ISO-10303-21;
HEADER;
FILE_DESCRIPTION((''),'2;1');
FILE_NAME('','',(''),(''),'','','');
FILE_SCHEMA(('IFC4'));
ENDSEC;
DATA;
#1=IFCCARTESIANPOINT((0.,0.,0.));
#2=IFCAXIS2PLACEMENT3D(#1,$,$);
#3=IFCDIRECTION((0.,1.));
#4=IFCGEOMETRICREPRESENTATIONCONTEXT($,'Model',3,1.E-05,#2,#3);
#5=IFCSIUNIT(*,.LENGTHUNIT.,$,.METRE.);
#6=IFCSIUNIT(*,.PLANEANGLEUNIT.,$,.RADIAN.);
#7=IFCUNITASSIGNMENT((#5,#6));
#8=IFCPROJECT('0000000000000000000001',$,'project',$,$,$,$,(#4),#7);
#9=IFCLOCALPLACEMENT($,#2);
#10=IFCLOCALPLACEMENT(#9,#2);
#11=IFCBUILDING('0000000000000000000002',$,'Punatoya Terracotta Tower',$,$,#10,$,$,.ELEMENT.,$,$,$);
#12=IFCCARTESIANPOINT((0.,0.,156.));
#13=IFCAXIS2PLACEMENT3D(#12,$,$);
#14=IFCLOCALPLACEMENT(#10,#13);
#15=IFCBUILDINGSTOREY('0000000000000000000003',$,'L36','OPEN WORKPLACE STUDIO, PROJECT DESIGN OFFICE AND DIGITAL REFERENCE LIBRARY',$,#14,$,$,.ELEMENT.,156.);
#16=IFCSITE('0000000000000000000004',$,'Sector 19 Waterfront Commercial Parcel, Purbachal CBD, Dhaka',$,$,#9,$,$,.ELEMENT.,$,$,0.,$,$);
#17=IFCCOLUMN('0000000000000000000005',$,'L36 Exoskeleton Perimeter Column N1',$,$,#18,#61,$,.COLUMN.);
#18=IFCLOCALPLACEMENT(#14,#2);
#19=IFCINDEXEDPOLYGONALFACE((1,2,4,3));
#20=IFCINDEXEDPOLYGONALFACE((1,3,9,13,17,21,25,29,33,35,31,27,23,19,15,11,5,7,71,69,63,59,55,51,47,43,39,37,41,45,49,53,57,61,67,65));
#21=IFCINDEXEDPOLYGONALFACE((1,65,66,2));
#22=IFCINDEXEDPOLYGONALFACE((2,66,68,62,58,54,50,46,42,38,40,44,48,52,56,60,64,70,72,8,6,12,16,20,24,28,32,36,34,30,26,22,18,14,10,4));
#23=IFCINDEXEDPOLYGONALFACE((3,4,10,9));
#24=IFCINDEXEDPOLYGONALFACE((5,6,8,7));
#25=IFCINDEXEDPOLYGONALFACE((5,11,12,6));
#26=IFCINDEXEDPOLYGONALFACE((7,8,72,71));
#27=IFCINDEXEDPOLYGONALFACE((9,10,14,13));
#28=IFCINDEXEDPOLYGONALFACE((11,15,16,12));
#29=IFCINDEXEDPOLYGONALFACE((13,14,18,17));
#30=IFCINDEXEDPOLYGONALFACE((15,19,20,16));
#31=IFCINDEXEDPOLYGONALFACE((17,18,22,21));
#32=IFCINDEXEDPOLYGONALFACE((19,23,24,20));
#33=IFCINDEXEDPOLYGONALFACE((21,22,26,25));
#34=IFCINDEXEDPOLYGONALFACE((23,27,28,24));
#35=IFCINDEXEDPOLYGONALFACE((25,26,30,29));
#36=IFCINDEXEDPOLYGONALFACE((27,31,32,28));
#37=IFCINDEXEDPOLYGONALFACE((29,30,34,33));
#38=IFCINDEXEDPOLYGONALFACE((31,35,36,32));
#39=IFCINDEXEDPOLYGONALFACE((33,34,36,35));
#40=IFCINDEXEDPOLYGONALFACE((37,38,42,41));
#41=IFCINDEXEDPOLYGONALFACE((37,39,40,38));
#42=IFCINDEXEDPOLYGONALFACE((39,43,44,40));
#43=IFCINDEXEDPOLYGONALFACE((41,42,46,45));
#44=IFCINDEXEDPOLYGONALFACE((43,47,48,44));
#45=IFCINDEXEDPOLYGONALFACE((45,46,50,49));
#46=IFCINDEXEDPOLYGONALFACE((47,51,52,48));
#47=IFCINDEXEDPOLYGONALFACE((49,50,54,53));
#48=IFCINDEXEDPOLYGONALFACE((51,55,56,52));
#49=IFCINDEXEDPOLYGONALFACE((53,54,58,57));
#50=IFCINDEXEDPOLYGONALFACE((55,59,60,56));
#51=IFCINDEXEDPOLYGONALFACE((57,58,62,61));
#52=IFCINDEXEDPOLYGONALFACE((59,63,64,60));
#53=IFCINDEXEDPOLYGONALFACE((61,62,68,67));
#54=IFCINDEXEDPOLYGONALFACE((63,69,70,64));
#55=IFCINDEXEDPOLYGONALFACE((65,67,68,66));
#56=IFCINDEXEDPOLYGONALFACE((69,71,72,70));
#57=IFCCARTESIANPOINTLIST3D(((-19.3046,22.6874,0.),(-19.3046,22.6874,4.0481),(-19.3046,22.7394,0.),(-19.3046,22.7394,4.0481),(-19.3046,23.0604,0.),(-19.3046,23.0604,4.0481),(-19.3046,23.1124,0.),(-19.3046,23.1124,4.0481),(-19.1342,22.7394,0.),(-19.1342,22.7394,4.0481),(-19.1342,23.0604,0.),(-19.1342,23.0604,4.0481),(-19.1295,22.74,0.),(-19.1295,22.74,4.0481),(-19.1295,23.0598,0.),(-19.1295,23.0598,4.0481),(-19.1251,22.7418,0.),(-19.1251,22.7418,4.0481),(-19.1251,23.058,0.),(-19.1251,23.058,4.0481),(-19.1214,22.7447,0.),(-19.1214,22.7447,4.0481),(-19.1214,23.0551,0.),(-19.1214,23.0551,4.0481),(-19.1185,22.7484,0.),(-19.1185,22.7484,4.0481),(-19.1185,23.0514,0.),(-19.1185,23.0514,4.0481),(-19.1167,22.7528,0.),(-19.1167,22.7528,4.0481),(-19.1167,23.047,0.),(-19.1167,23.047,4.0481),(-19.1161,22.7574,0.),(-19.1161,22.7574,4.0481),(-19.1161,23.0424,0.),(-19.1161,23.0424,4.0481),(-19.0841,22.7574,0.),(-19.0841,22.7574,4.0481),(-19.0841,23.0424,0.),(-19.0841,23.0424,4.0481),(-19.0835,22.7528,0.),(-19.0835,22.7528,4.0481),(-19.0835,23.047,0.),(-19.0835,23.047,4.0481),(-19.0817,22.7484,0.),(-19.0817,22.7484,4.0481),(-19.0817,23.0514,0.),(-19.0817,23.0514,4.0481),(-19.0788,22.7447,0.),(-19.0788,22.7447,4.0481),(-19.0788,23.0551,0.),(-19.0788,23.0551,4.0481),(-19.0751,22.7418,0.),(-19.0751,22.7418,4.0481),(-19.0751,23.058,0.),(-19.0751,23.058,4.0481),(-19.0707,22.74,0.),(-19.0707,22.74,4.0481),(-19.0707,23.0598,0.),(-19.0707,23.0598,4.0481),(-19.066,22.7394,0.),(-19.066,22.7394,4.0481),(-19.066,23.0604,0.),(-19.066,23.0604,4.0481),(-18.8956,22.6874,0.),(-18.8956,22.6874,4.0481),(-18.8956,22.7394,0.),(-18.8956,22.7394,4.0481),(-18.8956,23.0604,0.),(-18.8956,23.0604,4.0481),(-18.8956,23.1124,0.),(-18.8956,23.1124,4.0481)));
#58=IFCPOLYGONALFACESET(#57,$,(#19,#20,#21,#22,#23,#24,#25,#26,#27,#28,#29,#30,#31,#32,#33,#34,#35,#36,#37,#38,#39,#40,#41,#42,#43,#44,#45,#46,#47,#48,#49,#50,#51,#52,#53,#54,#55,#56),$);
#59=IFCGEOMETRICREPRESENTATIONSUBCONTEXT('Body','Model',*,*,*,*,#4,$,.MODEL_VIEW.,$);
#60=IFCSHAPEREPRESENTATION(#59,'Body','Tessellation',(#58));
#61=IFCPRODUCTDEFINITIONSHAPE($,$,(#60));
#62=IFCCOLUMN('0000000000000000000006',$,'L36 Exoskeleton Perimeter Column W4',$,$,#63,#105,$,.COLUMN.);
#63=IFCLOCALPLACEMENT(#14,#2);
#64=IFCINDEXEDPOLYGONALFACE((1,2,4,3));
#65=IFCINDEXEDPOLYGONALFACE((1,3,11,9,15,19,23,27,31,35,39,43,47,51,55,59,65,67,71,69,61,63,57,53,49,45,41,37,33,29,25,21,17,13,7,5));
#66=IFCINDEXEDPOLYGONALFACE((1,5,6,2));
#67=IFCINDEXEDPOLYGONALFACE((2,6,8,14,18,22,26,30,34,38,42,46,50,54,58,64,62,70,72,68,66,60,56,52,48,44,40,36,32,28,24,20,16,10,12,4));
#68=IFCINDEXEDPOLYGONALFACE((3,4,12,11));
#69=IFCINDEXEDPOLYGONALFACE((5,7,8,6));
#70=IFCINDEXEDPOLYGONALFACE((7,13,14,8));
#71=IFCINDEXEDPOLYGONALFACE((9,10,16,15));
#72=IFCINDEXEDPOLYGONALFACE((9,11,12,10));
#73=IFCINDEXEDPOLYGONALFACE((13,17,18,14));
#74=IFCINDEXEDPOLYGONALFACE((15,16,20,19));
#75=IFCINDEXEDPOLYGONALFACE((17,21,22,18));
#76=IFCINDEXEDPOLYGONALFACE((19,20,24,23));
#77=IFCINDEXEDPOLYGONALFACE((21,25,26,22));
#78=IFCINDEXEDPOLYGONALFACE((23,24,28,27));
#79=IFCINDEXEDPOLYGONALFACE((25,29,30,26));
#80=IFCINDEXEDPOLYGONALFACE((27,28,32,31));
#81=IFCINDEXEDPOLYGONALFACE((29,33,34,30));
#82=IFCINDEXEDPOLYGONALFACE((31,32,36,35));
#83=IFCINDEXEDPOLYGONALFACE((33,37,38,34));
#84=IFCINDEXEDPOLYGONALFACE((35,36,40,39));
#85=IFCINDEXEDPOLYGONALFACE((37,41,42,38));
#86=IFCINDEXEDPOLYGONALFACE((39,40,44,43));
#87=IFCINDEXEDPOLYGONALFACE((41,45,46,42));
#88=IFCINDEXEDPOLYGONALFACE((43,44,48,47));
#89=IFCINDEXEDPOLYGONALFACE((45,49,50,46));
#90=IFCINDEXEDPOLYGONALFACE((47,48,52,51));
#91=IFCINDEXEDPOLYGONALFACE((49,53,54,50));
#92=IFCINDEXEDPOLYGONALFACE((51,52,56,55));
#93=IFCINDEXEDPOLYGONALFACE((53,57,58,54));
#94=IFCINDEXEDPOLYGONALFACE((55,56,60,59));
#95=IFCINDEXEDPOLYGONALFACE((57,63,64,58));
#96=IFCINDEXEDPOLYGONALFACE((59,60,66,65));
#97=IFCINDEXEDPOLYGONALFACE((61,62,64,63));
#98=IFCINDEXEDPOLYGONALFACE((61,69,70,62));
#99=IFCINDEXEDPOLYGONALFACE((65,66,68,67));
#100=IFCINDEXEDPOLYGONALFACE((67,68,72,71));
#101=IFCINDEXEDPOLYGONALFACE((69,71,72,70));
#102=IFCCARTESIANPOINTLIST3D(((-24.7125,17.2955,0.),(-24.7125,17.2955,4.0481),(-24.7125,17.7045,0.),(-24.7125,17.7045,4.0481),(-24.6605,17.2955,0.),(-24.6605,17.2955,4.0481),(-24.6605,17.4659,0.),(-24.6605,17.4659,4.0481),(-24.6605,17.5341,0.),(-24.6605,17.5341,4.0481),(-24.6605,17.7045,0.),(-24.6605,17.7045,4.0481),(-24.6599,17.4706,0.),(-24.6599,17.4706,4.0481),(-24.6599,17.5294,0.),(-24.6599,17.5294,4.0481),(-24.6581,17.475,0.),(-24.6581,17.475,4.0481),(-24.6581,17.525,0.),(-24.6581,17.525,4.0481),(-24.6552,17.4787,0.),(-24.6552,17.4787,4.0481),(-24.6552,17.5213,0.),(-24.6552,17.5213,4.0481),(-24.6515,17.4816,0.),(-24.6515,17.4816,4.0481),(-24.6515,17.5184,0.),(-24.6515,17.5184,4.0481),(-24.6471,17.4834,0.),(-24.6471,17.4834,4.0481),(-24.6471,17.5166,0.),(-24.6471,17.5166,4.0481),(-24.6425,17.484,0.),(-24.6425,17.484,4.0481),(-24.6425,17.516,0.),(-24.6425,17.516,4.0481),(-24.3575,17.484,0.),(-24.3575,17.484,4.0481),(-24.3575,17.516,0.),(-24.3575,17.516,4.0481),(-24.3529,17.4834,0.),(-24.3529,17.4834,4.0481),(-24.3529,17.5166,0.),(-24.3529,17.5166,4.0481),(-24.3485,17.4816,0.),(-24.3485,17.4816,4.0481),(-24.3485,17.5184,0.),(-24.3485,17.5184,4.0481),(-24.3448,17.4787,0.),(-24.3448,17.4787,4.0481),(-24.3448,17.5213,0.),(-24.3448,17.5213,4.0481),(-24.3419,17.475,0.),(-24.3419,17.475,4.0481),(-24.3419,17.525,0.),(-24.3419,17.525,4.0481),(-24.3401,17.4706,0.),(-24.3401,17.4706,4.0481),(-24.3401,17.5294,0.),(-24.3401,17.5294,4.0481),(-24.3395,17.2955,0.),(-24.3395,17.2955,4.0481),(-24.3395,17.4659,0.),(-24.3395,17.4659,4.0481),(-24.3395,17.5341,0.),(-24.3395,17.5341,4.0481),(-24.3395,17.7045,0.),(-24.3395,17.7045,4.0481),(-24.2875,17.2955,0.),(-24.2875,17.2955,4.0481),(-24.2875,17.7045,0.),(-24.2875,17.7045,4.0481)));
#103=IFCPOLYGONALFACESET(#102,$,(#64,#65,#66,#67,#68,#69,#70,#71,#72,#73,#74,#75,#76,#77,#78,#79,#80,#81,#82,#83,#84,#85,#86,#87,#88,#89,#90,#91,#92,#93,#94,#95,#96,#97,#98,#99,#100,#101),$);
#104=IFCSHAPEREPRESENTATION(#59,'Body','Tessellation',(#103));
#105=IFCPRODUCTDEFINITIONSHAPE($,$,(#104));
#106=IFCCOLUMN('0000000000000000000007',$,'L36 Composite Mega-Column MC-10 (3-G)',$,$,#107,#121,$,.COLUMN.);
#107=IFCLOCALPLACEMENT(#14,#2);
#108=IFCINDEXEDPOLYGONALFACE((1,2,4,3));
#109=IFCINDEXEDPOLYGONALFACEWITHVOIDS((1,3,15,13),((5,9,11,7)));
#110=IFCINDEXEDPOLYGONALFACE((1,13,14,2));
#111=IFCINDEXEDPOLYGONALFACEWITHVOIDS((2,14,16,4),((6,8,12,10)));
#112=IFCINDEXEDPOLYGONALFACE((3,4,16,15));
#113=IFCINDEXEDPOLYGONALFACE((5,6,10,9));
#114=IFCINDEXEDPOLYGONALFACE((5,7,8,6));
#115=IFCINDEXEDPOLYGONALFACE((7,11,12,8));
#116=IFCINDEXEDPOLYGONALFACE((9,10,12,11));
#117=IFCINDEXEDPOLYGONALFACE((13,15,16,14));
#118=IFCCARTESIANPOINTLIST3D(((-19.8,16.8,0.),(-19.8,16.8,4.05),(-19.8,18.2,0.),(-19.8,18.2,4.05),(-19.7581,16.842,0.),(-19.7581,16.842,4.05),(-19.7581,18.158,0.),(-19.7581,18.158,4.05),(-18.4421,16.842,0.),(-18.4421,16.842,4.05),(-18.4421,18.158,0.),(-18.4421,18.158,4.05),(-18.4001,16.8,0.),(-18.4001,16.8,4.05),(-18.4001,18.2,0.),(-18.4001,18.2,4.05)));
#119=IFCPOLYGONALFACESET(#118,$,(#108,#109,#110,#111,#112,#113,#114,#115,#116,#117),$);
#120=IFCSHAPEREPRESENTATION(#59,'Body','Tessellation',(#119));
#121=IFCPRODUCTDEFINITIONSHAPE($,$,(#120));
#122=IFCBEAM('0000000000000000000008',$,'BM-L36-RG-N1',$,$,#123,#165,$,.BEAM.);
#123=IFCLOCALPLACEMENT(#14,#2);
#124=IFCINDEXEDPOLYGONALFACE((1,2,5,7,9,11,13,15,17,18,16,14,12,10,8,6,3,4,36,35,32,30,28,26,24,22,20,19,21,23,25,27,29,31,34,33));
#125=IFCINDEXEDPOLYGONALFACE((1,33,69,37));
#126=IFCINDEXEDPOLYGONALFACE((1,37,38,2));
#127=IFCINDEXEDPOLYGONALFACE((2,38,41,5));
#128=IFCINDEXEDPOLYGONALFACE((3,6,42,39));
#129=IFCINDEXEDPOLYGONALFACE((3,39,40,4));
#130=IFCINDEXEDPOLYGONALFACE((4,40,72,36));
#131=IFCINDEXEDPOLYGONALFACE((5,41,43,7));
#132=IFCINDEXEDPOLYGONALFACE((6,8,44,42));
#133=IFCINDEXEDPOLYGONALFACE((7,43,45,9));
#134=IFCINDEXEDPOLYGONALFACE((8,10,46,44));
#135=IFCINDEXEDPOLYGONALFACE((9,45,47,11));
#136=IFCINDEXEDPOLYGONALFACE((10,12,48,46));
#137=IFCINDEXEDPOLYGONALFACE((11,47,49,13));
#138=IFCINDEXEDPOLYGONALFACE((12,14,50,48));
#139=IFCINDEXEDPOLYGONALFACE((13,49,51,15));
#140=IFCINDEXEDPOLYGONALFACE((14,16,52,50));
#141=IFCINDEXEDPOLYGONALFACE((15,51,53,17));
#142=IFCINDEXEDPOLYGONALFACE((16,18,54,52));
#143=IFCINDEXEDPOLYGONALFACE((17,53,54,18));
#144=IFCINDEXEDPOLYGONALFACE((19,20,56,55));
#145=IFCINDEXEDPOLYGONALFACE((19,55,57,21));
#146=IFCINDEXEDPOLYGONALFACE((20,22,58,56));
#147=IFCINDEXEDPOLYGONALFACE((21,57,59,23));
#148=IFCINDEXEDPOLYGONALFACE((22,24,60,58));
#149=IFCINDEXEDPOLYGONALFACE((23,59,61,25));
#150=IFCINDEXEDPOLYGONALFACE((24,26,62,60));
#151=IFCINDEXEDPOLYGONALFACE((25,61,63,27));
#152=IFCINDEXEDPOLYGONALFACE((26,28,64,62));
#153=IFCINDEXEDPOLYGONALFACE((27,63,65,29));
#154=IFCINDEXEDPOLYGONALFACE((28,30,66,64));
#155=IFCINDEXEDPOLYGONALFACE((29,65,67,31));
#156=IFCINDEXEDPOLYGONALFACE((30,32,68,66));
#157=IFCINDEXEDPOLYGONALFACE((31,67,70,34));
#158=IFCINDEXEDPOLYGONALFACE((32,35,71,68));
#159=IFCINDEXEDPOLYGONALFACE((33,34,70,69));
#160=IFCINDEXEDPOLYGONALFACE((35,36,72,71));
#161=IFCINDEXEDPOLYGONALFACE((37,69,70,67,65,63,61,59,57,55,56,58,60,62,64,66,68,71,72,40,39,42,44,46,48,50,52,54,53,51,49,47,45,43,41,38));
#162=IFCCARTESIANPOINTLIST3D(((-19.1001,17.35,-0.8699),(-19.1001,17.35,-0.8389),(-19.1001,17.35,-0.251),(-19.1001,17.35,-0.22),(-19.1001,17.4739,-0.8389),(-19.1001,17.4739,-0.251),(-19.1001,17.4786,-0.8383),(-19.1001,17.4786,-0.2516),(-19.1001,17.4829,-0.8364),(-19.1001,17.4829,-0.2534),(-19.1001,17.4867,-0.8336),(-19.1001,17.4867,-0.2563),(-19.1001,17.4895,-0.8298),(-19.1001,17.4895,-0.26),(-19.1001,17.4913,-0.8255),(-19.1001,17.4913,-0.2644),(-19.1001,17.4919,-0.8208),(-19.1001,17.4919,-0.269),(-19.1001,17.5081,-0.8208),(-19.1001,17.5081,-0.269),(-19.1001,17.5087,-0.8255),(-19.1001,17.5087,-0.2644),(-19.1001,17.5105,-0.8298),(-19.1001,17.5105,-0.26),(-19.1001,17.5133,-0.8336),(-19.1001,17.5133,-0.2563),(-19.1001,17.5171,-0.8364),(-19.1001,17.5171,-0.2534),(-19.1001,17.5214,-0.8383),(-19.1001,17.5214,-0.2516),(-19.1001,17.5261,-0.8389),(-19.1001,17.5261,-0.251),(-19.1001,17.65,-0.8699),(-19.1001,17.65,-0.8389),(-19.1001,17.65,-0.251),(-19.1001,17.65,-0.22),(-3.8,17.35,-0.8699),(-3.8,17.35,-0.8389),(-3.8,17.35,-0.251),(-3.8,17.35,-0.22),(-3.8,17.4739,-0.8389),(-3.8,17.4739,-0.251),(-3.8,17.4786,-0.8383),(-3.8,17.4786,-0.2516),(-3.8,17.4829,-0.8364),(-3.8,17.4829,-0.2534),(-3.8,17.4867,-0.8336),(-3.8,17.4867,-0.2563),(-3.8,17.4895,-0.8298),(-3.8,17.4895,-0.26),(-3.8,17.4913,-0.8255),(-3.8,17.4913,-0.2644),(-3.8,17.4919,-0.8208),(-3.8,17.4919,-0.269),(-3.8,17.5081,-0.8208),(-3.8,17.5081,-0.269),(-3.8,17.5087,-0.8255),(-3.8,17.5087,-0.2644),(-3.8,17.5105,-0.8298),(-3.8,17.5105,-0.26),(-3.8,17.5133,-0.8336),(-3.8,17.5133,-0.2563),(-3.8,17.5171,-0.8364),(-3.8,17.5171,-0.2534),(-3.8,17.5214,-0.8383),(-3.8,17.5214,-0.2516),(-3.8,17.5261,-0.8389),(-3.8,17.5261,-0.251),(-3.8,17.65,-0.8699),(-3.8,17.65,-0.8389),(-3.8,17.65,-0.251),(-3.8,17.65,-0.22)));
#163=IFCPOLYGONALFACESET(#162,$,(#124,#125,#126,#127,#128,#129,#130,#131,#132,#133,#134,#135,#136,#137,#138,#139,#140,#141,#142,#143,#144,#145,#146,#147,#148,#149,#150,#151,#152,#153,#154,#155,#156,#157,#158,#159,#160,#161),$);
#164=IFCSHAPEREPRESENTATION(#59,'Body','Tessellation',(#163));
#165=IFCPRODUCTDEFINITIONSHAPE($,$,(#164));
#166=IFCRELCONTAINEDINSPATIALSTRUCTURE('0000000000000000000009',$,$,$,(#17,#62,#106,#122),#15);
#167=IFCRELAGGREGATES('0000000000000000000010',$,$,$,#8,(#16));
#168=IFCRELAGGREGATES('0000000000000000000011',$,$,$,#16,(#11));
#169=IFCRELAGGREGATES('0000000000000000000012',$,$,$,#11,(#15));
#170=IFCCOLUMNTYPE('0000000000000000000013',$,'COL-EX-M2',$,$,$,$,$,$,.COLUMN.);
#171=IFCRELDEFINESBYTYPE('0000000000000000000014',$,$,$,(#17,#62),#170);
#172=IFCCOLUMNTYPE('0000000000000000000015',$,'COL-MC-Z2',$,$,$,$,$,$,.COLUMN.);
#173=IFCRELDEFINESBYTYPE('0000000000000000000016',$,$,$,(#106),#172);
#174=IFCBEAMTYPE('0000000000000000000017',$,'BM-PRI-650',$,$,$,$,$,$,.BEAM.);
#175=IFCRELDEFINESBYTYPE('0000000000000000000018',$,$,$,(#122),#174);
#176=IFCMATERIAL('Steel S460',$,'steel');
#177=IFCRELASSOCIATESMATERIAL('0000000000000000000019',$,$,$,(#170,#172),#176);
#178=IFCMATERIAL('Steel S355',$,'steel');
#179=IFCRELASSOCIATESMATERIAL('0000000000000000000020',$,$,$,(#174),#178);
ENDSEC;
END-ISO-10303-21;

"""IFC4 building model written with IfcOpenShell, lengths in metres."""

from ifc_helpers import new_model, si_unit, direction, frame, origin, origin_2d, place, context, subcontext, project, spatial, hollow_rectangle, i_section, extrude, material, material_profile, profile_set, type_object, element, save


model = new_model("IFC4")

# Units and contexts
model_context = context("Model", 3, precision=1e-05, world=origin(), true_north=direction((0.0, 1.0)))
body_context = subcontext(model_context, "Body", "Model", "MODEL_VIEW")
ifc_project = project(units=[si_unit("LENGTHUNIT", "METRE"), si_unit("PLANEANGLEUNIT", "RADIAN")], contexts=[model_context])

# Site, building, storey
site_placement = place(None, origin())
site = spatial("IfcSite", under=ifc_project, at=site_placement, Name="Sector 19 Waterfront Commercial Parcel, Purbachal CBD, Dhaka", CompositionType="ELEMENT", RefElevation=0.0)
building_placement = place(site_placement, origin())
building = spatial("IfcBuilding", under=site, at=building_placement, Name="Punatoya Terracotta Tower", CompositionType="ELEMENT")
storey_placement = place(building_placement, frame((0.0, 0.0, 156.0)))
storey = spatial("IfcBuildingStorey", under=building, at=storey_placement, Name="L36", Description="OPEN WORKPLACE STUDIO, PROJECT DESIGN OFFICE AND DIGITAL REFERENCE LIBRARY", CompositionType="ELEMENT", Elevation=156.0)

# Columns
ifc_material_1 = material(Name="Steel S460", Category="steel")
ifc_material_profile_1 = material_profile(ifc_material_1, i_section(OverallWidth=0.4089, OverallDepth=0.425, WebThickness=0.032, FlangeThickness=0.052, FilletRadius=0.0181, at=origin_2d()))
ifc_profile_set_1 = profile_set([ifc_material_profile_1], Name="Steel S460")
column_type_1 = type_object("IfcColumnType", Name="COL-EX-M2", PredefinedType="COLUMN", material=ifc_profile_set_1)
for number, where, z_axis, x_axis, name in (
    (1, (-19.1001, 22.8999, 0.0), (0.0, 0.0, 1.0), (1.0, 0.0, 0.0), "L36 Exoskeleton Perimeter Column N1"),
    (2, (-24.5, 17.5, 0.0), (0.0, 0.0, 1.0), (0.0, 1.0, 0.0), "L36 Exoskeleton Perimeter Column W4"),
):
    element("IfcColumn", number, at=place(storey_placement, frame(where, z_axis=z_axis, x_axis=x_axis)), inside=storey, type_object=column_type_1, Name=name, PredefinedType="COLUMN", context=body_context, shape_type="SweptSolid", body=[
        extrude(i_section(OverallWidth=0.4089, OverallDepth=0.425, WebThickness=0.032, FlangeThickness=0.052, FilletRadius=0.0181, at=origin_2d()), origin(), (0.0, 0.0, 1.0), 4.0481),
    ])
ifc_material_profile_2 = material_profile(ifc_material_1, hollow_rectangle(XDim=1.3999, YDim=1.3999, WallThickness=0.042, at=origin_2d()))
ifc_profile_set_2 = profile_set([ifc_material_profile_2], Name="Steel S460")
column_type_2 = type_object("IfcColumnType", Name="COL-MC-Z2", PredefinedType="COLUMN", material=ifc_profile_set_2)
column_placement = place(storey_placement, frame((-19.1001, 17.5, 0.0), z_axis=(0.0, 0.0, 1.0), x_axis=(1.0, 0.0, 0.0)))
element("IfcColumn", 3, at=column_placement, inside=storey, type_object=column_type_2, Name="L36 Composite Mega-Column MC-10 (3-G)", PredefinedType="COLUMN", context=body_context, shape_type="SweptSolid", body=[
    extrude(hollow_rectangle(XDim=1.3999, YDim=1.3999, WallThickness=0.042, at=origin_2d()), origin(), (0.0, 0.0, 1.0), 4.05),
])

# Beam
ifc_material_2 = material(Name="Steel S355", Category="steel")
ifc_material_profile_3 = material_profile(ifc_material_2, i_section(OverallWidth=0.3, OverallDepth=0.6499, WebThickness=0.0161, FlangeThickness=0.031, FilletRadius=0.0181, at=origin_2d()))
ifc_profile_set_3 = profile_set([ifc_material_profile_3], Name="Steel S355")
beam_type_1 = type_object("IfcBeamType", Name="BM-PRI-650", PredefinedType="BEAM", material=ifc_profile_set_3)
beam_1_placement = place(storey_placement, frame((-19.1001, 17.5, -0.5449), z_axis=(1.0, 0.0, 0.0), x_axis=(0.0, 1.0, 0.0)))
element("IfcBeam", 4, at=beam_1_placement, inside=storey, type_object=beam_type_1, Name="BM-L36-RG-N1", PredefinedType="BEAM", context=body_context, shape_type="SweptSolid", body=[
    extrude(i_section(OverallWidth=0.3, OverallDepth=0.6499, WebThickness=0.0161, FlangeThickness=0.031, FilletRadius=0.0181, at=origin_2d()), origin(), (0.0, 0.0, 1.0), 15.3),
])

save(model, "model.ifc")
